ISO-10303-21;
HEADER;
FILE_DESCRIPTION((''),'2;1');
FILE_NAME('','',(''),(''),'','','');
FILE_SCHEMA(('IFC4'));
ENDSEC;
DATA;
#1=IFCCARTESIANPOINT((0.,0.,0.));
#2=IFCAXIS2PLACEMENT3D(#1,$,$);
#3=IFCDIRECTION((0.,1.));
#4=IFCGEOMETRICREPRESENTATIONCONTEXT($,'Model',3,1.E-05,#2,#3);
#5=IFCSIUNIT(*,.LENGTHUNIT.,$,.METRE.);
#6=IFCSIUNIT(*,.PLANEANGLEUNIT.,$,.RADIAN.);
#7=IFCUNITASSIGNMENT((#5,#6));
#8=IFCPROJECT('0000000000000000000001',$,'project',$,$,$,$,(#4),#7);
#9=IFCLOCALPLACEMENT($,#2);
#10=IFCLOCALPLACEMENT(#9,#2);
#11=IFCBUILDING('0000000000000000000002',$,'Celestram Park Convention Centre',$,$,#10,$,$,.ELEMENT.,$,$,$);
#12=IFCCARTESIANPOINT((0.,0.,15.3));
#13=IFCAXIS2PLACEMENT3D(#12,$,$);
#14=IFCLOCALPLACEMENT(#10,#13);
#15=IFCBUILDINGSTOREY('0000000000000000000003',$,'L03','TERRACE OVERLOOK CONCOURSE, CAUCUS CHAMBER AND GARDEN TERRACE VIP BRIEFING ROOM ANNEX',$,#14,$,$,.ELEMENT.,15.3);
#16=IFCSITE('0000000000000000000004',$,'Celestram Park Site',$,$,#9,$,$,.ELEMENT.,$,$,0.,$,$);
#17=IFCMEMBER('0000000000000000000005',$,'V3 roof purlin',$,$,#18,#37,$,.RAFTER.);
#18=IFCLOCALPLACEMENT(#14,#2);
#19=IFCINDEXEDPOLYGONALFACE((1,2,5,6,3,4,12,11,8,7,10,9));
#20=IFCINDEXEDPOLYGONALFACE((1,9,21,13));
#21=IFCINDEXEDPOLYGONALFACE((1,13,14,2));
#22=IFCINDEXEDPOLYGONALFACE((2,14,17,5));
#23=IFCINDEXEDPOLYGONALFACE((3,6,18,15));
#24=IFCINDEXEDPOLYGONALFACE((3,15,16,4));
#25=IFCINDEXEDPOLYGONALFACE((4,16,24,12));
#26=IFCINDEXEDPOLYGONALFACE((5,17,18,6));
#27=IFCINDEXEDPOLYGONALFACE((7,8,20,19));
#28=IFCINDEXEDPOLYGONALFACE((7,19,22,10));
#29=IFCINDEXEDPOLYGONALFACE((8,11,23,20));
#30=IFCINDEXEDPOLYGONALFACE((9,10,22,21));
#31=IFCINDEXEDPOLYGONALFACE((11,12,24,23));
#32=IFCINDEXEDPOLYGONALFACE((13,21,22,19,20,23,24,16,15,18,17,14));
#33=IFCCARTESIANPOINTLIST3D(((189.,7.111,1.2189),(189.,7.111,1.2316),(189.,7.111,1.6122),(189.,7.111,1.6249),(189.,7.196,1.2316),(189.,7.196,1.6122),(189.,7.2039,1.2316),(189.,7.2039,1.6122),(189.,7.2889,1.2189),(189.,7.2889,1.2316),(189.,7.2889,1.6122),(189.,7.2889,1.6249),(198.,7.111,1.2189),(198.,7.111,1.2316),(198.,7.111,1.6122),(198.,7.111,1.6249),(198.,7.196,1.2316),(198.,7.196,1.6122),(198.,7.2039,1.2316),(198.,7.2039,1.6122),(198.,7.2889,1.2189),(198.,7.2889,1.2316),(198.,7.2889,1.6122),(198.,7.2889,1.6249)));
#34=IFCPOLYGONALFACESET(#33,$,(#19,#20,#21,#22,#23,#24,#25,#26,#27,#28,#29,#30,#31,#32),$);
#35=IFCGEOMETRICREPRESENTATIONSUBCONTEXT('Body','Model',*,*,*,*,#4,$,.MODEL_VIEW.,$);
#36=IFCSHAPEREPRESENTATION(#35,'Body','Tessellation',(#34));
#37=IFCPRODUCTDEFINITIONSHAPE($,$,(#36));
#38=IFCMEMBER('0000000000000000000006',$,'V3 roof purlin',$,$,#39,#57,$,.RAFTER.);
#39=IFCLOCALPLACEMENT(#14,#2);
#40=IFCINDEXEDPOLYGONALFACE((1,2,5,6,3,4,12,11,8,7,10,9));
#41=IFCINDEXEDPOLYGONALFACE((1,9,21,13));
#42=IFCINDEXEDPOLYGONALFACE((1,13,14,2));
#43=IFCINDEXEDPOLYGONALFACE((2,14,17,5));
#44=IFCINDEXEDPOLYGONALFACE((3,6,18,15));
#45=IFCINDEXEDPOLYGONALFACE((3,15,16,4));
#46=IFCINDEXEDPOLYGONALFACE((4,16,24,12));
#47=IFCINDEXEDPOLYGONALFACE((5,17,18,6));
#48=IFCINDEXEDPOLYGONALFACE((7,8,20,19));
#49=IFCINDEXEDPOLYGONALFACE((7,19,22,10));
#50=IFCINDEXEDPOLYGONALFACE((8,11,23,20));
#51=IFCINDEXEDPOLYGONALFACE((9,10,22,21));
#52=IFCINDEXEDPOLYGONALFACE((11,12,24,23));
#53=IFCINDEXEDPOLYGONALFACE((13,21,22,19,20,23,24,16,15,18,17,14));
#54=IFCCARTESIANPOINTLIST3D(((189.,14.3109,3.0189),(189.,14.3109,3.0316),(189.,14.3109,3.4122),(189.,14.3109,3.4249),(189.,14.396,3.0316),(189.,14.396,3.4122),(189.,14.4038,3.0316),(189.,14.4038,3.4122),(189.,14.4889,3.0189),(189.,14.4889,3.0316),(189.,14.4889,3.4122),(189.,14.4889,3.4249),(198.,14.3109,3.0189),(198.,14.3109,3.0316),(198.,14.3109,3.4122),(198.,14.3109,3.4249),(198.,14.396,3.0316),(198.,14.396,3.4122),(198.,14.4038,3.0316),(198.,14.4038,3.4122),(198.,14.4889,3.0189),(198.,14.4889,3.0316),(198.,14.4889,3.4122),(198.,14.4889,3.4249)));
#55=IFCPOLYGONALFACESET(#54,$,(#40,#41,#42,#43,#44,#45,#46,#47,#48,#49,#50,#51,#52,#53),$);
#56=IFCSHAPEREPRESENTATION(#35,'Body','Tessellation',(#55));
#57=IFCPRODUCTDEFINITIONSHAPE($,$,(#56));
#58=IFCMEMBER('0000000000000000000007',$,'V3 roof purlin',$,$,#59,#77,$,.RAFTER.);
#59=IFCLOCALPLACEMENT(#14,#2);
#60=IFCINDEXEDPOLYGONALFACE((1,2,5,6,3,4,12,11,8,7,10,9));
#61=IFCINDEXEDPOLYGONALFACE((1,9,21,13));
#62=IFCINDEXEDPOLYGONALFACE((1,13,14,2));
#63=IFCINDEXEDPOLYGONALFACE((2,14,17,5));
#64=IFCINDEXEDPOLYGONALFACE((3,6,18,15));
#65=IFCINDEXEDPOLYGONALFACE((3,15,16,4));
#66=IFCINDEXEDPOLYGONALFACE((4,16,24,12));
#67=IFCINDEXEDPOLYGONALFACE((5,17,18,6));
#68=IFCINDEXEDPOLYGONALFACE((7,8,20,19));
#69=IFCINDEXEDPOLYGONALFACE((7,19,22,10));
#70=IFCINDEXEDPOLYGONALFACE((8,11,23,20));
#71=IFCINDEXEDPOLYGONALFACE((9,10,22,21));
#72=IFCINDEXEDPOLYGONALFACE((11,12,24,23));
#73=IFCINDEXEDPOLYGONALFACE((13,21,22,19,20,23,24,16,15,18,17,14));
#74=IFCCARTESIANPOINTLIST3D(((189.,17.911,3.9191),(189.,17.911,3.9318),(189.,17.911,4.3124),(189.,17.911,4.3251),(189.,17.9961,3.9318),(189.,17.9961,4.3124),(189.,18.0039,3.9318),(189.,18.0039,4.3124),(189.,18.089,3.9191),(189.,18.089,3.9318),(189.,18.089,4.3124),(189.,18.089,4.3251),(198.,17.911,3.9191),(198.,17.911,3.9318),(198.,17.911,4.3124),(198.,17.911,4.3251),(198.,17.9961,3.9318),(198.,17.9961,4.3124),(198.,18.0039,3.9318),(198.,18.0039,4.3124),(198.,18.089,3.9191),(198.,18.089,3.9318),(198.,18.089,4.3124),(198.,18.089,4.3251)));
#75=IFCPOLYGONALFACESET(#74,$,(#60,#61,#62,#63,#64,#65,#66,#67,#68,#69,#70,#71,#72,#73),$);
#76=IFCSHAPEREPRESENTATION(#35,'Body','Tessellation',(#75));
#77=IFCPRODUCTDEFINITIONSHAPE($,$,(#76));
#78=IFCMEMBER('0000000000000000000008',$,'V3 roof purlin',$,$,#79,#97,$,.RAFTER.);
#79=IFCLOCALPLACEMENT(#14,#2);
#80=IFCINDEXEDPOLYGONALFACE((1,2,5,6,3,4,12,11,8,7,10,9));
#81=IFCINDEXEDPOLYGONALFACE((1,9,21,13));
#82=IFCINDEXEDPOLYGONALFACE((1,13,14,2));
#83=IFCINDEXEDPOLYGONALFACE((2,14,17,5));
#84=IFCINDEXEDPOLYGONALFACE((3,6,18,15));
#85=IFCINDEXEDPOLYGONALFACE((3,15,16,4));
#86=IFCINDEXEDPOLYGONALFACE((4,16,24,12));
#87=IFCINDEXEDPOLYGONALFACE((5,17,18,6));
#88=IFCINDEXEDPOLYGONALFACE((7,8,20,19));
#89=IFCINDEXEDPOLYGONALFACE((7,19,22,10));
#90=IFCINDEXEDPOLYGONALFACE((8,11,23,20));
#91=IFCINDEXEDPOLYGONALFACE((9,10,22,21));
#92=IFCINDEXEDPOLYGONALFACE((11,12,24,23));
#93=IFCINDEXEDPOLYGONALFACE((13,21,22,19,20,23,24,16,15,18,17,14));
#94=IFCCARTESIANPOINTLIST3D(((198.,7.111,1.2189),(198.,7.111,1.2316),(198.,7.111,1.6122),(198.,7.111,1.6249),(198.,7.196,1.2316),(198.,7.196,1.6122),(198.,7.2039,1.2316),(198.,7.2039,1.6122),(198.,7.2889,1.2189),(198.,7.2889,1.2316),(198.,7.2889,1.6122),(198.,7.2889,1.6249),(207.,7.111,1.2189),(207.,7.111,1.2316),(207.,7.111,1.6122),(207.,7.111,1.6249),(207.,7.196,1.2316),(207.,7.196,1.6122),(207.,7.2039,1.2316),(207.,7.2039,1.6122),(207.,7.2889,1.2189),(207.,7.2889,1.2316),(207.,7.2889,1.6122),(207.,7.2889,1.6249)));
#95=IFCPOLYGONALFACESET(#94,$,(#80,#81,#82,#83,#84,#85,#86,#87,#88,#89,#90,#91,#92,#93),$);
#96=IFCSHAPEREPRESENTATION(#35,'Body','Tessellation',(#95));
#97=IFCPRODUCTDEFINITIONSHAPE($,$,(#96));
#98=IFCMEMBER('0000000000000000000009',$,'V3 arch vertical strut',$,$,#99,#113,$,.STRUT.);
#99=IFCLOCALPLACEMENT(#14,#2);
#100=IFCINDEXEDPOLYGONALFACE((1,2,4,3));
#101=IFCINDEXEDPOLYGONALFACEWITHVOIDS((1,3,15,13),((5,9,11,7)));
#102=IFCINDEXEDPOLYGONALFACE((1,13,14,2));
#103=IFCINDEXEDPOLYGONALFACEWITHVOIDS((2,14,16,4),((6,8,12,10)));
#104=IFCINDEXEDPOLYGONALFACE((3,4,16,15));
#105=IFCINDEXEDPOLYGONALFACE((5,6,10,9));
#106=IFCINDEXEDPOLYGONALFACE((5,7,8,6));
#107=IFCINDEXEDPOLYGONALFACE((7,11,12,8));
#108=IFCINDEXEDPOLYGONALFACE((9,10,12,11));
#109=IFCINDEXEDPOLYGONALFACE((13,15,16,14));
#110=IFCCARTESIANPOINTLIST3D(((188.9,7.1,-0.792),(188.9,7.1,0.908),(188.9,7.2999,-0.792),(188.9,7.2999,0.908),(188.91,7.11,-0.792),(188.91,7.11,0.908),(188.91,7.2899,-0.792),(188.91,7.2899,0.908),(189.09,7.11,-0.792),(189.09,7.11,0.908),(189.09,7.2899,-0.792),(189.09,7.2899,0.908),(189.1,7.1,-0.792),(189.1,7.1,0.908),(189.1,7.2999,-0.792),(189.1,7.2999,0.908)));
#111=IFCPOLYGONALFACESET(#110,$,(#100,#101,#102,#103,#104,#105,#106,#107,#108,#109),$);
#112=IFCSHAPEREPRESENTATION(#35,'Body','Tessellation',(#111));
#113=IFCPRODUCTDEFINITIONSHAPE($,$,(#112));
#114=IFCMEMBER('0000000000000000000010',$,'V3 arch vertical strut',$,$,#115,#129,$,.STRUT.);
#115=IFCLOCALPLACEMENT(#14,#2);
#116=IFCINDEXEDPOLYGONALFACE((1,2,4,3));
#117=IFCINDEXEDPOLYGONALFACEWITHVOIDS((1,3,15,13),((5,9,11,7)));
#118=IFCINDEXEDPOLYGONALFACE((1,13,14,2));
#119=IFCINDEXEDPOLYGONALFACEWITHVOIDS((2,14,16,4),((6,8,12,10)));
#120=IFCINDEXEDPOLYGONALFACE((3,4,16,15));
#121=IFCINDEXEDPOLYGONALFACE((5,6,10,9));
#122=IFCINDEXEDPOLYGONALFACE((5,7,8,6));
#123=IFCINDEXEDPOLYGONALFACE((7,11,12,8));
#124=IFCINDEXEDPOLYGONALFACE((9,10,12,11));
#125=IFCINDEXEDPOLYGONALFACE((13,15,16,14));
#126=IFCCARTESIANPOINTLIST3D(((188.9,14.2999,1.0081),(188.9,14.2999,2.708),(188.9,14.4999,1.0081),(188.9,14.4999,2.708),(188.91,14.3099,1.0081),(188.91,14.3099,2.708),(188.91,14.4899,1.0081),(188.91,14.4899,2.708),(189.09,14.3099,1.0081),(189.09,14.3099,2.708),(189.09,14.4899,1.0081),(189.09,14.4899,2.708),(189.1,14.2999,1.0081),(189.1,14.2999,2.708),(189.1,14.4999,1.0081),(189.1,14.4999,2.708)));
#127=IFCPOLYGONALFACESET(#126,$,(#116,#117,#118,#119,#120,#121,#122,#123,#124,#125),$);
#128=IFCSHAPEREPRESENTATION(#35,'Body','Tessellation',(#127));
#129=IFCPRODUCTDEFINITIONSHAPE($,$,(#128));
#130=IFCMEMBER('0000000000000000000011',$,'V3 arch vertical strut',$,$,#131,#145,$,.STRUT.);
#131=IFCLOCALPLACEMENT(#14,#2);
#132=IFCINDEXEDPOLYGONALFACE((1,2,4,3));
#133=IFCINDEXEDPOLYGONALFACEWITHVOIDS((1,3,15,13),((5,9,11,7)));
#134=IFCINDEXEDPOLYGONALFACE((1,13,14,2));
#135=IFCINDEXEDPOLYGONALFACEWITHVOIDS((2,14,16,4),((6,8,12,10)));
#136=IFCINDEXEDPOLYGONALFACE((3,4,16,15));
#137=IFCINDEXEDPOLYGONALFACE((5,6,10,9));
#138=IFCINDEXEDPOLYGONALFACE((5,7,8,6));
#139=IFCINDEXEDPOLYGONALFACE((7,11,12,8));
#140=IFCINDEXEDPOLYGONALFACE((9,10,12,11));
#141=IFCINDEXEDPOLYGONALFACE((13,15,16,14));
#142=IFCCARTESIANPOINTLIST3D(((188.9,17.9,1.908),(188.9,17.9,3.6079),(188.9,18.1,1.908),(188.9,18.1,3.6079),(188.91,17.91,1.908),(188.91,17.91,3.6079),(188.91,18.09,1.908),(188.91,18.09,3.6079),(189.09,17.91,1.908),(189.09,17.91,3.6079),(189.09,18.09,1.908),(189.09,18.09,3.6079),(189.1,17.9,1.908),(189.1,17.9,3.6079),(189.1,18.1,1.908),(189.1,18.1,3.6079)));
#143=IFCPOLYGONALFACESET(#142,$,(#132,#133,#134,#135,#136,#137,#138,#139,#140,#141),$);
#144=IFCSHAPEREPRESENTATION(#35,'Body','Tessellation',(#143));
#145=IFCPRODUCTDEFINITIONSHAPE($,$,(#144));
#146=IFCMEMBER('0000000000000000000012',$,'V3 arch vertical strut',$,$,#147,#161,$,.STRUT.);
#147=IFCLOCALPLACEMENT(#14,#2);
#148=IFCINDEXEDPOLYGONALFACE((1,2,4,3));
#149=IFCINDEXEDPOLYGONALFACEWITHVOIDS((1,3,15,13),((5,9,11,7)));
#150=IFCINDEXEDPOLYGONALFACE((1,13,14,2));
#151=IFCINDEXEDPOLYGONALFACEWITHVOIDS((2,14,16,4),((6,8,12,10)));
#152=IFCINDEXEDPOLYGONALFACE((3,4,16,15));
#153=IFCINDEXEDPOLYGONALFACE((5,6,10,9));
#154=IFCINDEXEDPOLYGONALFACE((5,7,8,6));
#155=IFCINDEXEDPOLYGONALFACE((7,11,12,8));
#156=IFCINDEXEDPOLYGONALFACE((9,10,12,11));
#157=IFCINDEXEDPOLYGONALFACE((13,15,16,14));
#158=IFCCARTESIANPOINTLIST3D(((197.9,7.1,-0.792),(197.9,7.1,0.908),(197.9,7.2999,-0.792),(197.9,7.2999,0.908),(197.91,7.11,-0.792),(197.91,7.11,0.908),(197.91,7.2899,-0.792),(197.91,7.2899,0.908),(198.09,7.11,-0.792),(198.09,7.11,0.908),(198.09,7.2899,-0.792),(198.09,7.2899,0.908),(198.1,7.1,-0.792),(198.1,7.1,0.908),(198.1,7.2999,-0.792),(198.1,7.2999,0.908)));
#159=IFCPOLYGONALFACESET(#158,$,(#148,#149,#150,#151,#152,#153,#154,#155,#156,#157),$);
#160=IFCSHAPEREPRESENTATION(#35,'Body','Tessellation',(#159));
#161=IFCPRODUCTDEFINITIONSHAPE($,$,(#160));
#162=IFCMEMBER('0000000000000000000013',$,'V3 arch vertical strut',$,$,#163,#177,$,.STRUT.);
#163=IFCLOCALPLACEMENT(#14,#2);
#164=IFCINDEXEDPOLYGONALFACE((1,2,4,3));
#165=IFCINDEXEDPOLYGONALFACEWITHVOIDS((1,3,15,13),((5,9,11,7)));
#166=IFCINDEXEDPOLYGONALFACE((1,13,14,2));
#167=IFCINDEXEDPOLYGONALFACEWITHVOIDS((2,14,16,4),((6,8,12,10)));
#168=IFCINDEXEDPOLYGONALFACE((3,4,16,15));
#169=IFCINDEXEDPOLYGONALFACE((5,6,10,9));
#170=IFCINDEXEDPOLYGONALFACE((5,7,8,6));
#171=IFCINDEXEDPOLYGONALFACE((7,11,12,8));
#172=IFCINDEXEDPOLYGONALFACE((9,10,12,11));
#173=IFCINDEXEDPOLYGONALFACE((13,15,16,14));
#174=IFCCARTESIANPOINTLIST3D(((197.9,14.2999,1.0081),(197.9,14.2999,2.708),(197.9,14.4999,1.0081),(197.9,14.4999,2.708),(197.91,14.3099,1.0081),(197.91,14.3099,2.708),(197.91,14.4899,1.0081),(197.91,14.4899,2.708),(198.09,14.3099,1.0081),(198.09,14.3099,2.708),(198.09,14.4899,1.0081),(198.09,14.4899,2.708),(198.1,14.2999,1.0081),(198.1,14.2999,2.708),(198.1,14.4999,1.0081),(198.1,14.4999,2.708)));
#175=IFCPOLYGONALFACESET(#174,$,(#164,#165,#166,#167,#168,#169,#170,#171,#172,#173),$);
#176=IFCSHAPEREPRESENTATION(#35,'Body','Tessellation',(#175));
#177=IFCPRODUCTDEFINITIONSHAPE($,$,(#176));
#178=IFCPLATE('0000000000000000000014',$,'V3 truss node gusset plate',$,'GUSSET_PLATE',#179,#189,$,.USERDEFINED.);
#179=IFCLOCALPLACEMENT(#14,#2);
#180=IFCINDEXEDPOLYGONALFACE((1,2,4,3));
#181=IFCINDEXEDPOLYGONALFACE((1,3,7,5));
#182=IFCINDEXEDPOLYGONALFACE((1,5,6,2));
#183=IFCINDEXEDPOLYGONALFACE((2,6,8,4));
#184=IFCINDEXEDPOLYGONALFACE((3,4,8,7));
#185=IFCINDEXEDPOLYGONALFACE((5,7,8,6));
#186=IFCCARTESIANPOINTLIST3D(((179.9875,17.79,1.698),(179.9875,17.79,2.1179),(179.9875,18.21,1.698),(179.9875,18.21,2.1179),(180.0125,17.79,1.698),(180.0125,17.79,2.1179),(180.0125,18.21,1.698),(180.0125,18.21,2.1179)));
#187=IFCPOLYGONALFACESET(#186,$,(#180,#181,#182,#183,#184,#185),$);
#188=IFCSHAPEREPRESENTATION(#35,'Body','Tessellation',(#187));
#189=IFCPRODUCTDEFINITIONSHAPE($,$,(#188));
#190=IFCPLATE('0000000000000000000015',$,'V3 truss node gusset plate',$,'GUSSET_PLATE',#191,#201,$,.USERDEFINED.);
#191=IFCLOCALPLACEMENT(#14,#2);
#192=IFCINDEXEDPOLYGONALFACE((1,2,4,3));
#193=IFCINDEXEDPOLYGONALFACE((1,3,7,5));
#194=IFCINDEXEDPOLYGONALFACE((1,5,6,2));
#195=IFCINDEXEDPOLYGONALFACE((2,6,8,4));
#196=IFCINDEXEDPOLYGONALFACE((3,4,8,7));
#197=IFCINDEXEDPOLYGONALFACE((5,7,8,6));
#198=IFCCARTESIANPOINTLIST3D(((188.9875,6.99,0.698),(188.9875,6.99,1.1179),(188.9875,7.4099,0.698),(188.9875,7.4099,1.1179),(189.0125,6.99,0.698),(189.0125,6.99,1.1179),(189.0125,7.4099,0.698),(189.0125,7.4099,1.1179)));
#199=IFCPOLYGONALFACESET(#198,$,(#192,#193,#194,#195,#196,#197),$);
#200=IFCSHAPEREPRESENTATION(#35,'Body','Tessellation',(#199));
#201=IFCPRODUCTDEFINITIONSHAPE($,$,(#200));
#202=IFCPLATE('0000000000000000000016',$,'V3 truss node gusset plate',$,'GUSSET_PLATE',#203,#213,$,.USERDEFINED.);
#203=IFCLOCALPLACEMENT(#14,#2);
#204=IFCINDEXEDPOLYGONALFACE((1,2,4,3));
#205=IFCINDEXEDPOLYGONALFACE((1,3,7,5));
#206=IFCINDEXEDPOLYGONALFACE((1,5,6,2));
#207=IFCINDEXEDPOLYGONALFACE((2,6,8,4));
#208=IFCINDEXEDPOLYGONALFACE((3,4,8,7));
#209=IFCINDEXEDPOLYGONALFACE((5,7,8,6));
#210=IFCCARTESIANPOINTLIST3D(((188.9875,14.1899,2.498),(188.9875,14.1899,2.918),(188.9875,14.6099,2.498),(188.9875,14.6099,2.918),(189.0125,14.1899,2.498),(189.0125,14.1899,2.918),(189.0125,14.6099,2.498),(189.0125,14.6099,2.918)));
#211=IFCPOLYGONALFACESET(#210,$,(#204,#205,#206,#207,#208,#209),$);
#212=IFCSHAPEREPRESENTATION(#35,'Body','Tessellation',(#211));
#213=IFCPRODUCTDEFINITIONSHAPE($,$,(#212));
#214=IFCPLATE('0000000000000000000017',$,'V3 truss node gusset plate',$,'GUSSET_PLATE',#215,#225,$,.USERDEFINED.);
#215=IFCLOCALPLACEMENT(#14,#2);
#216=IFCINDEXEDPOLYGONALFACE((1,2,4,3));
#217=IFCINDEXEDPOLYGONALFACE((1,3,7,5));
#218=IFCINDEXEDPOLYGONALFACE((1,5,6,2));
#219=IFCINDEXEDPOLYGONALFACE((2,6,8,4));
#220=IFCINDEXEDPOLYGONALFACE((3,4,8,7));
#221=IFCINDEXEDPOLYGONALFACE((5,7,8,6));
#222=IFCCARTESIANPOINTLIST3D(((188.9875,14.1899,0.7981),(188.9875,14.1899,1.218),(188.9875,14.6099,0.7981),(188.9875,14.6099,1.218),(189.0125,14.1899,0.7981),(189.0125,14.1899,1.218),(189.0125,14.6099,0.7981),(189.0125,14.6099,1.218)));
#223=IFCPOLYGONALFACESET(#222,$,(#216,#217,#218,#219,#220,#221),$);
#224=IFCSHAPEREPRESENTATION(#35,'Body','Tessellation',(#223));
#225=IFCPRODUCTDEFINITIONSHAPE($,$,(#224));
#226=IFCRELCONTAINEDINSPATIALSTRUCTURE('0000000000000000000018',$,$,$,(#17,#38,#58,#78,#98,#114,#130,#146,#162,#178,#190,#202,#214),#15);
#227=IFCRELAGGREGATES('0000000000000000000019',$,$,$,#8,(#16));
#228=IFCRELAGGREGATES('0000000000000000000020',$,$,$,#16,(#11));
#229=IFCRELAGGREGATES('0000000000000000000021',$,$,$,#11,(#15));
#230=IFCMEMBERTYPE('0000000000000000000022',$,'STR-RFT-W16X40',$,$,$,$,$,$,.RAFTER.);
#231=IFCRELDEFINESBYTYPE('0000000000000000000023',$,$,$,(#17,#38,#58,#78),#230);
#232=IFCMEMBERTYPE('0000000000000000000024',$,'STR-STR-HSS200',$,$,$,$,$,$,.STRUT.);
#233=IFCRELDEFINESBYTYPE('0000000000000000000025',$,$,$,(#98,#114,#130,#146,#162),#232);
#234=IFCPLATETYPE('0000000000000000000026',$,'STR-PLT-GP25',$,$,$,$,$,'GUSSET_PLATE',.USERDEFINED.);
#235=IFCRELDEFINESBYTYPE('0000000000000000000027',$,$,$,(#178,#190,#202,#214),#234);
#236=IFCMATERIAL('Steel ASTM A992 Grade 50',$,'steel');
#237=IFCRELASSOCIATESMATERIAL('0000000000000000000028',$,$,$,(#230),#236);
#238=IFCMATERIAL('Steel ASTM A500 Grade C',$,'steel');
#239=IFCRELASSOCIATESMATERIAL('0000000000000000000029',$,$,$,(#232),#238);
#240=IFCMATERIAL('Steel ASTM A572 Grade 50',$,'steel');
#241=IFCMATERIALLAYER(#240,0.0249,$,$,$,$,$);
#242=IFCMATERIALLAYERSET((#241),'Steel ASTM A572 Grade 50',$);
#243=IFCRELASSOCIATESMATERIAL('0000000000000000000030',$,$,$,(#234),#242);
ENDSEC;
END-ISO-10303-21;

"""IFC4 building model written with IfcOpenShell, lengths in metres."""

from ifc_helpers import new_model, si_unit, direction, frame, origin, origin_2d, place, context, subcontext, project, spatial, rectangle, hollow_rectangle, i_section, extrude, material, layer, layer_set, material_profile, profile_set, type_object, element, save


model = new_model("IFC4")

# Units and contexts
model_context = context("Model", 3, precision=1e-05, world=origin(), true_north=direction((0.0, 1.0)))
body_context = subcontext(model_context, "Body", "Model", "MODEL_VIEW")
ifc_project = project(units=[si_unit("LENGTHUNIT", "METRE"), si_unit("PLANEANGLEUNIT", "RADIAN")], contexts=[model_context])

# Site, building, storey
site_placement = place(None, origin())
site = spatial("IfcSite", under=ifc_project, at=site_placement, Name="Celestram Park Site", CompositionType="ELEMENT", RefElevation=0.0)
building_placement = place(site_placement, origin())
building = spatial("IfcBuilding", under=site, at=building_placement, Name="Celestram Park Convention Centre", CompositionType="ELEMENT")
storey_placement = place(building_placement, frame((0.0, 0.0, 15.3)))
storey = spatial("IfcBuildingStorey", under=building, at=storey_placement, Name="L03", Description="TERRACE OVERLOOK CONCOURSE, CAUCUS CHAMBER AND GARDEN TERRACE VIP BRIEFING ROOM ANNEX", CompositionType="ELEMENT", Elevation=15.3)

# Members
ifc_material_1 = material(Name="Steel ASTM A500 Grade C", Category="steel")
ifc_material_2 = material(Name="Steel ASTM A992 Grade 50", Category="steel")
ifc_material_profile_1 = material_profile(ifc_material_2, i_section(OverallWidth=0.178, OverallDepth=0.406, WebThickness=0.0078, FlangeThickness=0.0127, at=origin_2d()), Name="W16X40")
ifc_profile_set_1 = profile_set([ifc_material_profile_1], Name="Steel ASTM A992 Grade 50")
member_type_1 = type_object("IfcMemberType", Name="STR-RFT-W16X40", PredefinedType="RAFTER", material=ifc_profile_set_1)
for number, where, z_axis, x_axis, name in (
    (1, (189.0, 7.2, 1.4219), (1.0, 0.0, 0.0), (0.0, 1.0, 0.0), "V3 roof purlin"),
    (2, (189.0, 14.3999, 3.2219), (1.0, 0.0, 0.0), (0.0, 1.0, 0.0), "V3 roof purlin"),
    (3, (189.0, 18.0, 4.1221), (1.0, 0.0, 0.0), (0.0, 1.0, 0.0), "V3 roof purlin"),
    (4, (198.0, 7.2, 1.4219), (1.0, 0.0, 0.0), (0.0, 1.0, 0.0), "V3 roof purlin"),
):
    element("IfcMember", number, at=place(storey_placement, frame(where, z_axis=z_axis, x_axis=x_axis)), inside=storey, type_object=member_type_1, Name=name, PredefinedType="RAFTER", context=body_context, shape_type="SweptSolid", body=[
        extrude(i_section(OverallWidth=0.178, OverallDepth=0.406, WebThickness=0.0078, FlangeThickness=0.0127, at=origin_2d()), origin(), (0.0, 0.0, 1.0), 9.0),
    ])
ifc_material_profile_2 = material_profile(ifc_material_1, hollow_rectangle(XDim=0.2, YDim=0.2, WallThickness=0.01, at=origin_2d()), Name="HSS200X200X10")
ifc_profile_set_2 = profile_set([ifc_material_profile_2], Name="Steel ASTM A500 Grade C")
member_type_2 = type_object("IfcMemberType", Name="STR-STR-HSS200", PredefinedType="STRUT", material=ifc_profile_set_2)
for number, where, z_axis, x_axis, name in (
    (5, (189.0, 7.2, -0.792), (0.0, 0.0, 1.0), (1.0, 0.0, 0.0), "V3 arch vertical strut"),
    (6, (189.0, 14.3999, 1.0081), (0.0, 0.0, 1.0), (1.0, 0.0, 0.0), "V3 arch vertical strut"),
    (7, (189.0, 18.0, 1.908), (0.0, 0.0, 1.0), (1.0, 0.0, 0.0), "V3 arch vertical strut"),
    (8, (198.0, 7.2, -0.792), (0.0, 0.0, 1.0), (1.0, 0.0, 0.0), "V3 arch vertical strut"),
    (9, (198.0, 14.3999, 1.0081), (0.0, 0.0, 1.0), (1.0, 0.0, 0.0), "V3 arch vertical strut"),
):
    element("IfcMember", number, at=place(storey_placement, frame(where, z_axis=z_axis, x_axis=x_axis)), inside=storey, type_object=member_type_2, Name=name, PredefinedType="STRUT", context=body_context, shape_type="SweptSolid", body=[
        extrude(hollow_rectangle(XDim=0.2, YDim=0.2, WallThickness=0.01, at=origin_2d()), origin(), (0.0, 0.0, 1.0), 1.7),
    ])

# Plates
ifc_material_3 = material(Name="Steel ASTM A572 Grade 50", Category="steel")
ifc_layer_1 = layer(ifc_material_3, 0.0249)
ifc_layer_set_1 = layer_set([ifc_layer_1], Name="Steel ASTM A572 Grade 50")
plate_type = type_object("IfcPlateType", Name="STR-PLT-GP25", ElementType="GUSSET_PLATE", PredefinedType="USERDEFINED", material=ifc_layer_set_1)
for number, where, z_axis, x_axis, name in (
    (10, (180.0, 18.0, 1.698), (0.0, 0.0, 1.0), (0.0, 1.0, 0.0), "V3 truss node gusset plate"),
    (11, (189.0, 7.2, 0.698), (0.0, 0.0, 1.0), (0.0, 1.0, 0.0), "V3 truss node gusset plate"),
    (12, (189.0, 14.3999, 2.498), (0.0, 0.0, 1.0), (0.0, 1.0, 0.0), "V3 truss node gusset plate"),
    (13, (189.0, 14.3999, 0.7981), (0.0, 0.0, 1.0), (0.0, 1.0, 0.0), "V3 truss node gusset plate"),
):
    element("IfcPlate", number, at=place(storey_placement, frame(where, z_axis=z_axis, x_axis=x_axis)), inside=storey, type_object=plate_type, Name=name, ObjectType="GUSSET_PLATE", PredefinedType="USERDEFINED", context=body_context, shape_type="SweptSolid", body=[
        extrude(rectangle(XDim=0.4199, YDim=0.0249, at=origin_2d()), origin(), (0.0, 0.0, 1.0), 0.4199),
    ])

save(model, "model.ifc")
